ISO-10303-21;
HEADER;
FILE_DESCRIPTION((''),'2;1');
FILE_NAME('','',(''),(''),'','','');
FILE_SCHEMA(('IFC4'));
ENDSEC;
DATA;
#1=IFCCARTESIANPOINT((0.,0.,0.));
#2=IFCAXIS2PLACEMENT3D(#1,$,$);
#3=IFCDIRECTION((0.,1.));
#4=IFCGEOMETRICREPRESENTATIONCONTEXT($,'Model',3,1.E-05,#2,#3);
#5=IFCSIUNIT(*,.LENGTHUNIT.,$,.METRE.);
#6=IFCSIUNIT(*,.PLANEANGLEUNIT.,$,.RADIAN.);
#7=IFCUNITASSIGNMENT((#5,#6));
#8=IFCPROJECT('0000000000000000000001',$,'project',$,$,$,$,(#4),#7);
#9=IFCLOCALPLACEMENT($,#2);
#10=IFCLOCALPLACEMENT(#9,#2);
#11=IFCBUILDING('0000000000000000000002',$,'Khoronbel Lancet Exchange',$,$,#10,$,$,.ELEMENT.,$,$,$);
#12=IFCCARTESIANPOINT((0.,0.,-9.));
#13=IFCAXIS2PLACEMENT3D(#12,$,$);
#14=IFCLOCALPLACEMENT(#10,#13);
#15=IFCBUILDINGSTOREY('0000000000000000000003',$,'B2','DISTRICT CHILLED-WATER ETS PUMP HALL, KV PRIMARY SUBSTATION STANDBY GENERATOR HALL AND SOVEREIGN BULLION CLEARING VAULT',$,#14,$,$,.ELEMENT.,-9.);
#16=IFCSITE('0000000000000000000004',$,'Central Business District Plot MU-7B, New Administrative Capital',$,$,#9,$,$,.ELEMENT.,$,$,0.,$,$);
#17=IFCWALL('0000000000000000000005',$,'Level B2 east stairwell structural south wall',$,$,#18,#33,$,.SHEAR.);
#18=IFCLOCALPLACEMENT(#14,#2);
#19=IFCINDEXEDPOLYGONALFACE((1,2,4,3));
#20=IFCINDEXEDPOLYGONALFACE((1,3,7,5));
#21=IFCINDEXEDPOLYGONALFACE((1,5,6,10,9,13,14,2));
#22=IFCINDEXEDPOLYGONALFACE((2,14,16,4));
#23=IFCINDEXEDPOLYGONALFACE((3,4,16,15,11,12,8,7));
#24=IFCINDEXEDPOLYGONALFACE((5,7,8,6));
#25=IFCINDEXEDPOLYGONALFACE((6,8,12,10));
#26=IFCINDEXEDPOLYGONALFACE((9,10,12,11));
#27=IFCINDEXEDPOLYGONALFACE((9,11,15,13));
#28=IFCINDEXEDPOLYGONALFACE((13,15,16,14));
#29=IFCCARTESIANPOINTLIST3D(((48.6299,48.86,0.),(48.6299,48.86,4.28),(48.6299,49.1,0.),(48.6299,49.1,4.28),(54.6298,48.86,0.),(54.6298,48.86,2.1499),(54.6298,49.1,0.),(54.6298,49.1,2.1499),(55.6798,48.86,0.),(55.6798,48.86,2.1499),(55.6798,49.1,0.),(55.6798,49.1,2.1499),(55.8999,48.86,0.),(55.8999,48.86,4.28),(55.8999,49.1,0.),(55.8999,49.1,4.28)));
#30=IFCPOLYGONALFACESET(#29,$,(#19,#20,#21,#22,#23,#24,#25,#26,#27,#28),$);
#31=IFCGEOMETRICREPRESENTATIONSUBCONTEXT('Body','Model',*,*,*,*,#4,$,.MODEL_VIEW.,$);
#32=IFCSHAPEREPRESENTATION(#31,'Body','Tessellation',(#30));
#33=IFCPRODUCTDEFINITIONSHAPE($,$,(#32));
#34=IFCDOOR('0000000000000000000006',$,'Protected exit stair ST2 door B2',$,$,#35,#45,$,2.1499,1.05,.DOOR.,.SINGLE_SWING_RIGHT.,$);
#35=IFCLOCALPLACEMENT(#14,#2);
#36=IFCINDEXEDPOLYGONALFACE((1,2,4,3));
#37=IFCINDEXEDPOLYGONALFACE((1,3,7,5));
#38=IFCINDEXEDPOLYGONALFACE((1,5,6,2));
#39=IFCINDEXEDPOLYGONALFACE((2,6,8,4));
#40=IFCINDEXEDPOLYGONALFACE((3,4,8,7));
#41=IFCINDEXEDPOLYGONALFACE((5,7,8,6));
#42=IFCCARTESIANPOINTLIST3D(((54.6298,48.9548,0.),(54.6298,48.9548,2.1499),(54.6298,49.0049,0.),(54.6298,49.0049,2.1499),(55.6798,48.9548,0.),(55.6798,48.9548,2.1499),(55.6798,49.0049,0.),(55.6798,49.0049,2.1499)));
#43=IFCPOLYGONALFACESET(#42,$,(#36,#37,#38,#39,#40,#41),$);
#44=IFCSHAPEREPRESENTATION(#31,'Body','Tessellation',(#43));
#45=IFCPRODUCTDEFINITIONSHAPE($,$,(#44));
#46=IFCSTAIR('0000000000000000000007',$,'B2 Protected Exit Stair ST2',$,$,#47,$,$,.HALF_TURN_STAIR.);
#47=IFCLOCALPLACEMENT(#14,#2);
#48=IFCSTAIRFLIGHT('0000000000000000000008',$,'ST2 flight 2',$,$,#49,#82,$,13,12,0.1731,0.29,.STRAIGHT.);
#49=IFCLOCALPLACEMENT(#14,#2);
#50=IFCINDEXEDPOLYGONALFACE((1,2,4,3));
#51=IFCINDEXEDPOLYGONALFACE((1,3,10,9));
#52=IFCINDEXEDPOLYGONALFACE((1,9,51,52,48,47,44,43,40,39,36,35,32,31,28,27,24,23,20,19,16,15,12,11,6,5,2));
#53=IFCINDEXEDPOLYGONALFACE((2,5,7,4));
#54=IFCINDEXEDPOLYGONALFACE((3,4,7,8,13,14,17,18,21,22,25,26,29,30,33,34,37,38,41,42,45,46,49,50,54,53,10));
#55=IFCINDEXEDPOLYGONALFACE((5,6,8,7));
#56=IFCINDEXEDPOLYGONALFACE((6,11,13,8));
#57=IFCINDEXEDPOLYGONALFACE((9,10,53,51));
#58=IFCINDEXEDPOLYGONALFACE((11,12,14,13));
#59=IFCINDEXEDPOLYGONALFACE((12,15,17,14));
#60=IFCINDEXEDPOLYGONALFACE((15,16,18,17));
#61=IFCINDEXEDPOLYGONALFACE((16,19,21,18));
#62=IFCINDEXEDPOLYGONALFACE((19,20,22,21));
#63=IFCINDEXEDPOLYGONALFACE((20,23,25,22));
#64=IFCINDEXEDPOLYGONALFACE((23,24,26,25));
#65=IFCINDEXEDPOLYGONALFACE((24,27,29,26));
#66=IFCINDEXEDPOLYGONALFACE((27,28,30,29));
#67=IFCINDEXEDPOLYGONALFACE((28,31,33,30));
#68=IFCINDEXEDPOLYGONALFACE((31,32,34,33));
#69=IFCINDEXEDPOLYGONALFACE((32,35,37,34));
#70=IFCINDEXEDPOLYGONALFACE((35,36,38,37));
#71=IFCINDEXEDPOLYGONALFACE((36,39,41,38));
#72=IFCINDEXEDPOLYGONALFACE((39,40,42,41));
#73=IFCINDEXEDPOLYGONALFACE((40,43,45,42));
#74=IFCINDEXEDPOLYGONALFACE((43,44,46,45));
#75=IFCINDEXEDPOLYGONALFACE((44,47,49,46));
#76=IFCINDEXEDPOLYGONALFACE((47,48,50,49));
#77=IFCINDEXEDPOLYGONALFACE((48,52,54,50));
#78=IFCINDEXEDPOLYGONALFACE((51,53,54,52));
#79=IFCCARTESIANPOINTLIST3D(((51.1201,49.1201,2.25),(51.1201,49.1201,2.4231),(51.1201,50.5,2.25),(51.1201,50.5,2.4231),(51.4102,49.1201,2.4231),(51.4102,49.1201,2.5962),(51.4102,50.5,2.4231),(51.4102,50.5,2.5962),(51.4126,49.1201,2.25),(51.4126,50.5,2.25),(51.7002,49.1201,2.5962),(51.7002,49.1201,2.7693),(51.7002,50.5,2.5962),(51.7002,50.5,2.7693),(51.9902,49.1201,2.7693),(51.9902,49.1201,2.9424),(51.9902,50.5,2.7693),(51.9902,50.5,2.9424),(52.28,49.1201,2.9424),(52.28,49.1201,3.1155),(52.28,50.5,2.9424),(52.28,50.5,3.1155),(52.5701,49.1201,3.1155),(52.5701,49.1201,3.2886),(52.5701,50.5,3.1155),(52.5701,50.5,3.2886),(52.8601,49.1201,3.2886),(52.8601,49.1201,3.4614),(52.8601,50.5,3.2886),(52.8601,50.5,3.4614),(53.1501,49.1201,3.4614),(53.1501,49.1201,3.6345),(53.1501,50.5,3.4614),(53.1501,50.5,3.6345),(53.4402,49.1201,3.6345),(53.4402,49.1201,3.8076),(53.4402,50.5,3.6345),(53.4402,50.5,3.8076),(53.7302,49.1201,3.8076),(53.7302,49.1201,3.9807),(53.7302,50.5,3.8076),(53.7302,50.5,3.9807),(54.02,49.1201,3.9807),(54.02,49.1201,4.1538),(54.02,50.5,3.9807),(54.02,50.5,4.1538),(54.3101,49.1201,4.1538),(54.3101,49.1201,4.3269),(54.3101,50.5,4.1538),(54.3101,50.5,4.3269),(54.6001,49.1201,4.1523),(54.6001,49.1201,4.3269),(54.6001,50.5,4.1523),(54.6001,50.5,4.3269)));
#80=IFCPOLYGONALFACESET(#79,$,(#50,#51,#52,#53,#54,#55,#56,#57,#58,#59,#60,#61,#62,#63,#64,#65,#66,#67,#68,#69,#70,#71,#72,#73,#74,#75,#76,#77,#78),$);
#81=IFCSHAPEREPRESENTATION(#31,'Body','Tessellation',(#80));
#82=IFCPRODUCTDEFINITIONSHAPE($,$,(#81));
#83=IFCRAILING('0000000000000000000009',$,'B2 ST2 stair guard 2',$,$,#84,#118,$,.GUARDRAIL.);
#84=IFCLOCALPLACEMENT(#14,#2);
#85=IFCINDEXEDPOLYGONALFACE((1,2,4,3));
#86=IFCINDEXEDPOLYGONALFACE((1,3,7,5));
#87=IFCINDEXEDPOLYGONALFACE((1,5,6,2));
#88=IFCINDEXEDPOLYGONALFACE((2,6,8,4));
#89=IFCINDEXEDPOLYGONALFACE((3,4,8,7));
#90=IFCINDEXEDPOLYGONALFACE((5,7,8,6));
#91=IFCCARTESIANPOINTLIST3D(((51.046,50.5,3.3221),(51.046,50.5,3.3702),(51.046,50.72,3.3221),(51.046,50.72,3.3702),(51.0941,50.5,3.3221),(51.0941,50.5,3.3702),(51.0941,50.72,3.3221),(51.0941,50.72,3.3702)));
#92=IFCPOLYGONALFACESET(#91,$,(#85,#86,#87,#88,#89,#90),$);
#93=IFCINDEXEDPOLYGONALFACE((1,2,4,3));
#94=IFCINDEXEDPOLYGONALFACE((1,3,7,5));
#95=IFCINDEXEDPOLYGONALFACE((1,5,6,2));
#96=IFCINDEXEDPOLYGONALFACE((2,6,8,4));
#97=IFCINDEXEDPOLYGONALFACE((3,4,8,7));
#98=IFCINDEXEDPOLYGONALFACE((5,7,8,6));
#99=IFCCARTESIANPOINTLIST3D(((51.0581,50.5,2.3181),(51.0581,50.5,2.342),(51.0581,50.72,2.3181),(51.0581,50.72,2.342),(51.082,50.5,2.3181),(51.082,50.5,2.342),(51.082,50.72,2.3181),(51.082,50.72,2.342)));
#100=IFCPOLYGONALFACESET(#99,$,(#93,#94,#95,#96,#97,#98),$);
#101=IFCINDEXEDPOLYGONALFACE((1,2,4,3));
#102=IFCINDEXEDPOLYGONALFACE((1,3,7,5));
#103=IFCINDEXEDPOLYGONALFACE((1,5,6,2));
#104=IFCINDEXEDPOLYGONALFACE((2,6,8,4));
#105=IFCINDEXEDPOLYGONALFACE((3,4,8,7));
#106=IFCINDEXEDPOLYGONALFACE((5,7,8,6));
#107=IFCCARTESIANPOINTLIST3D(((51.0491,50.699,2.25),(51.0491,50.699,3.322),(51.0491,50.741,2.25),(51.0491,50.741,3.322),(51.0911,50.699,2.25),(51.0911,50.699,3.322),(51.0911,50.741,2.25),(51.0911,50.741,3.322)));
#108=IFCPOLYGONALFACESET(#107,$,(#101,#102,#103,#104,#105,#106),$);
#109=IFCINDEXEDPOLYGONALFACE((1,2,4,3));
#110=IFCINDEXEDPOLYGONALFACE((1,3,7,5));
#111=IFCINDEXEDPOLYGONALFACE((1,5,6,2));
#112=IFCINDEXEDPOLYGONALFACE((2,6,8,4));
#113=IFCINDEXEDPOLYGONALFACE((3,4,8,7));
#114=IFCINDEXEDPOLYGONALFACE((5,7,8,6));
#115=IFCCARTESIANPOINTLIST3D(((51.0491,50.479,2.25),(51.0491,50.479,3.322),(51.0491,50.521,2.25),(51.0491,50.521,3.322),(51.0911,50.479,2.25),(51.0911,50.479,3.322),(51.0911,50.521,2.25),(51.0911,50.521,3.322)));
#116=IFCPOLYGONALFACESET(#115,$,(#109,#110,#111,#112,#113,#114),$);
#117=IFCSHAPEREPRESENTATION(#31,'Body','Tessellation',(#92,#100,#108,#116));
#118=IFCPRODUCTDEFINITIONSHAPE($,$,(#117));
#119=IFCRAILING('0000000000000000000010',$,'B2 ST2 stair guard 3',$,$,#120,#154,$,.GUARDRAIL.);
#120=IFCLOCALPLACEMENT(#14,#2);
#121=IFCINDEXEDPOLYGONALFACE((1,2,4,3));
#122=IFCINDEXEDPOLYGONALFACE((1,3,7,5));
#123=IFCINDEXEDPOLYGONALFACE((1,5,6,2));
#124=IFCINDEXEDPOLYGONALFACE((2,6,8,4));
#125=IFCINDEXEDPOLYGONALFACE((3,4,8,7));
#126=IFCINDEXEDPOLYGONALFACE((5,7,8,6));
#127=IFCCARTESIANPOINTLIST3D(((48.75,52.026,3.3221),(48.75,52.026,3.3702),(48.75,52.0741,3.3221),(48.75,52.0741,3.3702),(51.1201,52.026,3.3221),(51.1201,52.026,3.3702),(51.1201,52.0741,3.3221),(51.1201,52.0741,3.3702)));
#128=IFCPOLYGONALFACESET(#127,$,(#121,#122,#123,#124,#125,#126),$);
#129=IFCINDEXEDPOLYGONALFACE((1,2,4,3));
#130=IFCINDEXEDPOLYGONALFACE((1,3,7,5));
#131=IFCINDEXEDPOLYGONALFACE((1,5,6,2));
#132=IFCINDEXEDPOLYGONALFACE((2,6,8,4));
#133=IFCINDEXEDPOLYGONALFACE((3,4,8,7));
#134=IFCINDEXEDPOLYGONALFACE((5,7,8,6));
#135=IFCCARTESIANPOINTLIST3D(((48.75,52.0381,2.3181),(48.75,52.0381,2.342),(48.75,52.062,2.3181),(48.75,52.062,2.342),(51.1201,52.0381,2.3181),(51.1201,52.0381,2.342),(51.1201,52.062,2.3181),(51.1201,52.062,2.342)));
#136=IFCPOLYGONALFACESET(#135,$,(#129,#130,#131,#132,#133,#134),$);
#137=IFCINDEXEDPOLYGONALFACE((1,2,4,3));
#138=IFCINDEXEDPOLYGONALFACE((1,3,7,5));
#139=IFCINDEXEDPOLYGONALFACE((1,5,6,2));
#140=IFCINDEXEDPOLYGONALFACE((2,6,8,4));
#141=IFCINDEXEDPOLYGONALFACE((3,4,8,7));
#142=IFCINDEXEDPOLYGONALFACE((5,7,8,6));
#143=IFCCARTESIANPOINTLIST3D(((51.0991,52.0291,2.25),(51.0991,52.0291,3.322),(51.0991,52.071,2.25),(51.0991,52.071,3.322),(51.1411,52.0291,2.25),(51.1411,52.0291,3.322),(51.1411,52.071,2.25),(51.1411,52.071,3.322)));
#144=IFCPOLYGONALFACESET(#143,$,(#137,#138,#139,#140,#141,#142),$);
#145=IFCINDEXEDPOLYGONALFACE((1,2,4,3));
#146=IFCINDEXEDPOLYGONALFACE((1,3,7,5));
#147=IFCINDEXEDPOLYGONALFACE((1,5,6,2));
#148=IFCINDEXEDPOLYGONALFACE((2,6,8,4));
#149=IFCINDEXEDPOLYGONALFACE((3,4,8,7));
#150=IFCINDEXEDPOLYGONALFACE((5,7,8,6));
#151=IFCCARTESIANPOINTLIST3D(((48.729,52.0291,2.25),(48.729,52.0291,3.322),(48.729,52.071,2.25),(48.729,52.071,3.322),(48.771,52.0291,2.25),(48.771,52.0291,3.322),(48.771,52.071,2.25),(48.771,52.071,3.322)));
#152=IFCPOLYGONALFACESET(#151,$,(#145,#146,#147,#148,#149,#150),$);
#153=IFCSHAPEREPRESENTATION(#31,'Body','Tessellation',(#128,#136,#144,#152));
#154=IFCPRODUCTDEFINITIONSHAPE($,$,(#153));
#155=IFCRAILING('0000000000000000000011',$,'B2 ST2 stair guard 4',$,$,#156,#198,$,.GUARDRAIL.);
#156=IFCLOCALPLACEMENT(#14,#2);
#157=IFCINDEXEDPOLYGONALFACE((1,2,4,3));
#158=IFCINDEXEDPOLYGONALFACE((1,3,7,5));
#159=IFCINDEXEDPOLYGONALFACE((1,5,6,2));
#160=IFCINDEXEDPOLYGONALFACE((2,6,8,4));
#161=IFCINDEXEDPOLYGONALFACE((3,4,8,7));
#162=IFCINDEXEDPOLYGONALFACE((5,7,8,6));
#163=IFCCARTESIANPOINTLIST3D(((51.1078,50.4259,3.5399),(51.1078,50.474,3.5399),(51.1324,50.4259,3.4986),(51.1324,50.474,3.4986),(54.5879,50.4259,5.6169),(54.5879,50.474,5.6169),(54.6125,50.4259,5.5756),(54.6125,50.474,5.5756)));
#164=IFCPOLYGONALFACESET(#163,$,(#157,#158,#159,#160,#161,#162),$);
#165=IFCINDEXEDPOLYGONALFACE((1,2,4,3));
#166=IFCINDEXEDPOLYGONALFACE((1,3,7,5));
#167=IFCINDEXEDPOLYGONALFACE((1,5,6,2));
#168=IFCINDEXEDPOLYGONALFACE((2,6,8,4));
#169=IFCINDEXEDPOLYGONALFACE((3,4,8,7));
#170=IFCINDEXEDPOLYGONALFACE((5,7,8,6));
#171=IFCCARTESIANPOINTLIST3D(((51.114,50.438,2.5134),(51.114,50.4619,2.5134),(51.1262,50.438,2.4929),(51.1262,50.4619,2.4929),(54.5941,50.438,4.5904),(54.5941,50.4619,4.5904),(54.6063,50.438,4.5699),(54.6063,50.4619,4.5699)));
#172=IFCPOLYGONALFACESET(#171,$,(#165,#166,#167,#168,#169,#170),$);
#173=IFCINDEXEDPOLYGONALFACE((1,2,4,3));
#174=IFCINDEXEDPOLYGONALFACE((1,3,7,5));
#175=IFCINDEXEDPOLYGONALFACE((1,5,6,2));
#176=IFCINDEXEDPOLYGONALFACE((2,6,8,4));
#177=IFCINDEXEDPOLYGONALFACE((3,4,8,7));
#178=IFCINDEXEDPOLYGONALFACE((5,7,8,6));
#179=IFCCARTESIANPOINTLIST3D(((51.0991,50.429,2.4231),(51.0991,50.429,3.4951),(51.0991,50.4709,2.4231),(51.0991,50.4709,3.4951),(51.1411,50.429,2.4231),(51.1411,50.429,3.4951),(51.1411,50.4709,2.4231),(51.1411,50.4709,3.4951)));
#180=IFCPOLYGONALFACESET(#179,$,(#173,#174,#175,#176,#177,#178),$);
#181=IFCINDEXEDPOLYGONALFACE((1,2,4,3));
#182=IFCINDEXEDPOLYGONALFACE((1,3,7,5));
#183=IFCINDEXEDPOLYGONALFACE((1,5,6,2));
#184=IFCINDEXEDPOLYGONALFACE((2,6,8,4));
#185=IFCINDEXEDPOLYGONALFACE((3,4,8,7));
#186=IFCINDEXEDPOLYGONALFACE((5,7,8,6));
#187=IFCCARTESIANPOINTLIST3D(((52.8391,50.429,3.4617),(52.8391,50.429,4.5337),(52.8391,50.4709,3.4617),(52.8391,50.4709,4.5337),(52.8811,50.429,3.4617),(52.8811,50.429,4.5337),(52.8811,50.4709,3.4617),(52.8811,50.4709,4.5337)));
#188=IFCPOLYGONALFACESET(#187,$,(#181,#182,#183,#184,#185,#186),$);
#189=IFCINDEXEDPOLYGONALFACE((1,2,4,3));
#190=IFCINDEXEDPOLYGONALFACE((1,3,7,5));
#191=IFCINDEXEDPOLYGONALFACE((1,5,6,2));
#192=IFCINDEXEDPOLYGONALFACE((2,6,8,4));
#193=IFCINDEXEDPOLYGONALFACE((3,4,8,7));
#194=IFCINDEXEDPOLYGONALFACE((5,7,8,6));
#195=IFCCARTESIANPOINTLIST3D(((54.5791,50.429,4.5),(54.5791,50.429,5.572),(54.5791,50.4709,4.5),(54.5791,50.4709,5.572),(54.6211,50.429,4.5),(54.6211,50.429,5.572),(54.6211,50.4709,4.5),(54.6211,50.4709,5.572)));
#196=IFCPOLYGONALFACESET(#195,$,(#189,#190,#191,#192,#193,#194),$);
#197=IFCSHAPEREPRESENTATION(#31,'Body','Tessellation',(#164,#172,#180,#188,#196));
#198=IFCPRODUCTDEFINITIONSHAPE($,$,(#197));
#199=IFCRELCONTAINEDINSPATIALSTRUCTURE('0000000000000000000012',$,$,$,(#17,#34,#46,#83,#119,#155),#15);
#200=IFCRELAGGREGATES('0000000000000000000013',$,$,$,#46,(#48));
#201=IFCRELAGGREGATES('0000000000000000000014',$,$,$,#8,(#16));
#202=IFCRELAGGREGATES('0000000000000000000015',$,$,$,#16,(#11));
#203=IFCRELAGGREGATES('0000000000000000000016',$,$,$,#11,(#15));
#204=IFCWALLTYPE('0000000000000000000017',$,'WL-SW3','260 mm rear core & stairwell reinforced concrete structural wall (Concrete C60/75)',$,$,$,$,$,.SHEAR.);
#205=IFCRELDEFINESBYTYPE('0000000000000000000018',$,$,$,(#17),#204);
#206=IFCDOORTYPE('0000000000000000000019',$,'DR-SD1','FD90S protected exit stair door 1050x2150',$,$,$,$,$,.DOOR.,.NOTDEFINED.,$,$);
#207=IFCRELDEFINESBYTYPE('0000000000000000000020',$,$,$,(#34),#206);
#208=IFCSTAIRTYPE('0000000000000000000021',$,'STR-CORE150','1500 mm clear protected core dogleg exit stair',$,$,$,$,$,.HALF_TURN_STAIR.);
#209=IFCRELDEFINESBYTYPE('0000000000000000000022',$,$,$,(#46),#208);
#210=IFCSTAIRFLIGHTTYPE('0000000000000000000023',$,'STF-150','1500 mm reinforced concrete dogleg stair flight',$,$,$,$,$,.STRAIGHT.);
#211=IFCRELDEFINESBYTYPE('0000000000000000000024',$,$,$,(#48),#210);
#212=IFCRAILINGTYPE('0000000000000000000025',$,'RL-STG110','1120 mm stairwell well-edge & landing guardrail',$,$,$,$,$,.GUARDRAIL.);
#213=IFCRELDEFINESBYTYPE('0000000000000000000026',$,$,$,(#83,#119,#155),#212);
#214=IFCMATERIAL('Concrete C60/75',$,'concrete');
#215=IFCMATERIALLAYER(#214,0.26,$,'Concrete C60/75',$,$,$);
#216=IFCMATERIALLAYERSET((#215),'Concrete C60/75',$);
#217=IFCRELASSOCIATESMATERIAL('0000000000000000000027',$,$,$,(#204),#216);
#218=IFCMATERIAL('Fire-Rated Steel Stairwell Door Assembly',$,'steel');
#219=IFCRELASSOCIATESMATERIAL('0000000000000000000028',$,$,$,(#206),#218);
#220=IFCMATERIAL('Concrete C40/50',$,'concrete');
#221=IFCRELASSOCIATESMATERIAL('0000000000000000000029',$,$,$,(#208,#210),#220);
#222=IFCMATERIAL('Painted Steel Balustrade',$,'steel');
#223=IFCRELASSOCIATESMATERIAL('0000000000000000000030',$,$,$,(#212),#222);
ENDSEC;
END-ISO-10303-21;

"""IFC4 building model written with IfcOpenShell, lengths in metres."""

from ifc_helpers import new_model, si_unit, direction, frame, frame_2d, origin, origin_2d, place, context, subcontext, project, spatial, polyline, rectangle, outline, extrude, material, layer, layer_set, type_object, element, fill, aggregate, save


model = new_model("IFC4")

# Units and contexts
model_context = context("Model", 3, precision=1e-05, world=origin(), true_north=direction((0.0, 1.0)))
body_context = subcontext(model_context, "Body", "Model", "MODEL_VIEW")
ifc_project = project(units=[si_unit("LENGTHUNIT", "METRE"), si_unit("PLANEANGLEUNIT", "RADIAN")], contexts=[model_context])

# Site, building, storey
site_placement = place(None, origin())
site = spatial("IfcSite", under=ifc_project, at=site_placement, Name="Central Business District Plot MU-7B, New Administrative Capital", CompositionType="ELEMENT", RefElevation=0.0)
building_placement = place(site_placement, origin())
building = spatial("IfcBuilding", under=site, at=building_placement, Name="Khoronbel Lancet Exchange", CompositionType="ELEMENT")
storey_placement = place(building_placement, frame((0.0, 0.0, -9.0)))
storey = spatial("IfcBuildingStorey", under=building, at=storey_placement, Name="B2", Description="DISTRICT CHILLED-WATER ETS PUMP HALL, KV PRIMARY SUBSTATION STANDBY GENERATOR HALL AND SOVEREIGN BULLION CLEARING VAULT", CompositionType="ELEMENT", Elevation=-9.0)

# Shared definitions
ifc_material_1 = material(Name="Concrete C60/75", Category="concrete")
ifc_layer_1 = layer(ifc_material_1, 0.26, Name="Concrete C60/75")
ifc_layer_set_1 = layer_set([ifc_layer_1], Name="Concrete C60/75")
wall_type_1 = type_object("IfcWallType", Name="WL-SW3", Description="260 mm rear core & stairwell reinforced concrete structural wall (Concrete C60/75)", PredefinedType="SHEAR", material=ifc_layer_set_1)

# Wall, opening, door
wall_1_placement = place(storey_placement, frame((48.6299, 48.98, 0.0), z_axis=(0.0, 0.0, 1.0), x_axis=(1.0, 0.0, 0.0)))
wall_1 = element("IfcWall", 1, at=wall_1_placement, inside=storey, type_object=wall_type_1, Name="Level B2 east stairwell structural south wall", PredefinedType="SHEAR", context=body_context, shape_type="SweptSolid", body=[
    extrude(rectangle(XDim=7.27, YDim=0.24, at=frame_2d((3.635, 0.0))), origin(), (0.0, 0.0, 1.0), 4.28),
])
opening_1_placement = place(wall_1_placement, frame((6.0, 0.0, 0.0)))
opening_1 = element("IfcOpeningElement", 2, at=opening_1_placement, cuts=wall_1, PredefinedType="OPENING", context=body_context, shape_type="SweptSolid", body=[
    extrude(rectangle(XDim=1.05, YDim=2.1499, at=frame_2d((0.5249, 1.075))), frame((0.0, 0.1299, 0.0), z_axis=(0.0, -1.0, 0.0), x_axis=(1.0, 0.0, 0.0)), (0.0, 0.0, 1.0), 0.26),
])
ifc_material_2 = material(Name="Fire-Rated Steel Stairwell Door Assembly", Category="steel")
door_type_1 = type_object("IfcDoorType", Name="DR-SD1", Description="FD90S protected exit stair door 1050x2150", OperationType="NOTDEFINED", PredefinedType="DOOR", material=ifc_material_2)
door_1_placement = place(opening_1_placement, origin())
door_1 = element("IfcDoor", 3, at=door_1_placement, inside=storey, type_object=door_type_1, Name="Protected exit stair ST2 door B2", OperationType="SINGLE_SWING_RIGHT", OverallHeight=2.1499, OverallWidth=1.05, PredefinedType="DOOR", context=body_context, shape_type="SweptSolid", body=[
    extrude(rectangle(XDim=1.05, YDim=2.1499, at=frame_2d((0.5249, 1.075))), frame((0.0, 0.0249, 0.0), z_axis=(0.0, -1.0, 0.0), x_axis=(1.0, 0.0, 0.0)), (0.0, 0.0, 1.0), 0.05),
])
fill(opening_1, door_1)

# Stair, stair flight
ifc_material_3 = material(Name="Concrete C40/50", Category="concrete")
stair_type = type_object("IfcStairType", Name="STR-CORE150", Description="1500 mm clear protected core dogleg exit stair", PredefinedType="HALF_TURN_STAIR", material=ifc_material_3)
stair_placement = place(storey_placement, origin())
stair = element("IfcStair", 4, at=stair_placement, inside=storey, type_object=stair_type, Name="B2 Protected Exit Stair ST2", PredefinedType="HALF_TURN_STAIR")
stair_flight_type = type_object("IfcStairFlightType", Name="STF-150", Description="1500 mm reinforced concrete dogleg stair flight", PredefinedType="STRAIGHT", material=ifc_material_3)
stair_flight_placement = place(storey_placement, frame((51.1201, 49.8101, 2.25), z_axis=(0.0, 0.0, 1.0), x_axis=(1.0, 0.0, 0.0)))
stair_flight = element("IfcStairFlight", 5, at=stair_flight_placement, type_object=stair_flight_type, Name="ST2 flight 2", NumberOfRisers=13, NumberOfTreads=12, PredefinedType="STRAIGHT", RiserHeight=0.1731, TreadLength=0.29, context=body_context, shape_type="SweptSolid", body=[
    extrude(outline(polyline([(0.0, 0.0), (0.0, 0.1731), (0.29, 0.1731), (0.29, 0.3462), (0.5801, 0.3462), (0.5801, 0.5193), (0.8701, 0.5193), (0.8701, 0.6924), (1.1599, 0.6924), (1.1599, 0.8655), (1.45, 0.8655), (1.45, 1.0386), (1.74, 1.0386), (1.74, 1.2114), (2.03, 1.2114), (2.03, 1.3845), (2.3201, 1.3845), (2.3201, 1.5576), (2.6101, 1.5576), (2.6101, 1.7307), (2.8999, 1.7307), (2.8999, 1.9038), (3.1899, 1.9038), (3.1899, 2.0769), (3.48, 2.0769), (3.48, 2.25), (3.48, 1.9023), (0.2925, 0.0), (0.0, 0.0)])), frame((0.0, 0.6899, 0.0), z_axis=(0.0, -1.0, 0.0), x_axis=(1.0, 0.0, 0.0)), (0.0, 0.0, 1.0), 1.3799),
])
aggregate(stair, [stair_flight])

# Railings
ifc_material_4 = material(Name="Painted Steel Balustrade", Category="steel")
railing_type_1 = type_object("IfcRailingType", Name="RL-STG110", Description="1120 mm stairwell well-edge & landing guardrail", PredefinedType="GUARDRAIL", material=ifc_material_4)
railing_1_placement = place(storey_placement, frame((51.0701, 50.72, 2.25)))
element("IfcRailing", 6, at=railing_1_placement, inside=storey, type_object=railing_type_1, Name="B2 ST2 stair guard 2", PredefinedType="GUARDRAIL", context=body_context, shape_type="SweptSolid", body=[
    extrude(rectangle(XDim=0.0481, YDim=0.0481, at=origin_2d()), frame((0.0, 0.0, 1.0962), z_axis=(0.0, -1.0, 0.0), x_axis=(1.0, 0.0, 0.0)), (0.0, 0.0, 1.0), 0.22),
    extrude(rectangle(XDim=0.0239, YDim=0.0239, at=origin_2d()), frame((0.0, 0.0, 0.0801), z_axis=(0.0, -1.0, 0.0), x_axis=(1.0, 0.0, 0.0)), (0.0, 0.0, 1.0), 0.22),
    extrude(rectangle(XDim=0.042, YDim=0.042, at=origin_2d()), origin(), (0.0, 0.0, 1.0), 1.072),
    extrude(rectangle(XDim=0.042, YDim=0.042, at=origin_2d()), frame((0.0, -0.22, 0.0)), (0.0, 0.0, 1.0), 1.072),
])
railing_2_placement = place(storey_placement, frame((51.1201, 52.05, 2.25)))
element("IfcRailing", 7, at=railing_2_placement, inside=storey, type_object=railing_type_1, Name="B2 ST2 stair guard 3", PredefinedType="GUARDRAIL", context=body_context, shape_type="SweptSolid", body=[
    extrude(rectangle(XDim=0.0481, YDim=0.0481, at=origin_2d()), frame((0.0, 0.0, 1.0962), z_axis=(-1.0, 0.0, 0.0), x_axis=(0.0, -1.0, 0.0)), (0.0, 0.0, 1.0), 2.3701),
    extrude(rectangle(XDim=0.0239, YDim=0.0239, at=origin_2d()), frame((0.0, 0.0, 0.0801), z_axis=(-1.0, 0.0, 0.0), x_axis=(0.0, -1.0, 0.0)), (0.0, 0.0, 1.0), 2.3701),
    extrude(rectangle(XDim=0.042, YDim=0.042, at=origin_2d()), origin(), (0.0, 0.0, 1.0), 1.072),
    extrude(rectangle(XDim=0.042, YDim=0.042, at=origin_2d()), frame((-2.3701, 0.0, 0.0)), (0.0, 0.0, 1.0), 1.072),
])
railing_3_placement = place(storey_placement, frame((51.1201, 50.45, 2.4231)))
element("IfcRailing", 8, at=railing_3_placement, inside=storey, type_object=railing_type_1, Name="B2 ST2 stair guard 4", PredefinedType="GUARDRAIL", context=body_context, shape_type="SweptSolid", body=[
    extrude(rectangle(XDim=0.0481, YDim=0.0481, at=origin_2d()), frame((0.0, 0.0, 1.0962), z_axis=(0.858697, 0.0, 0.512483), x_axis=(0.0, 1.0, 0.0)), (0.0, 0.0, 1.0), 4.0527),
    extrude(rectangle(XDim=0.0239, YDim=0.0239, at=origin_2d()), frame((0.0, 0.0, 0.0801), z_axis=(0.858697, 0.0, 0.512483), x_axis=(0.0, 1.0, 0.0)), (0.0, 0.0, 1.0), 4.0527),
    extrude(rectangle(XDim=0.042, YDim=0.042, at=origin_2d()), origin(), (0.0, 0.0, 1.0), 1.072),
    extrude(rectangle(XDim=0.042, YDim=0.042, at=origin_2d()), frame((1.74, 0.0, 1.0386)), (0.0, 0.0, 1.0), 1.072),
    extrude(rectangle(XDim=0.042, YDim=0.042, at=origin_2d()), frame((3.48, 0.0, 2.0769)), (0.0, 0.0, 1.0), 1.072),
])

save(model, "model.ifc")
